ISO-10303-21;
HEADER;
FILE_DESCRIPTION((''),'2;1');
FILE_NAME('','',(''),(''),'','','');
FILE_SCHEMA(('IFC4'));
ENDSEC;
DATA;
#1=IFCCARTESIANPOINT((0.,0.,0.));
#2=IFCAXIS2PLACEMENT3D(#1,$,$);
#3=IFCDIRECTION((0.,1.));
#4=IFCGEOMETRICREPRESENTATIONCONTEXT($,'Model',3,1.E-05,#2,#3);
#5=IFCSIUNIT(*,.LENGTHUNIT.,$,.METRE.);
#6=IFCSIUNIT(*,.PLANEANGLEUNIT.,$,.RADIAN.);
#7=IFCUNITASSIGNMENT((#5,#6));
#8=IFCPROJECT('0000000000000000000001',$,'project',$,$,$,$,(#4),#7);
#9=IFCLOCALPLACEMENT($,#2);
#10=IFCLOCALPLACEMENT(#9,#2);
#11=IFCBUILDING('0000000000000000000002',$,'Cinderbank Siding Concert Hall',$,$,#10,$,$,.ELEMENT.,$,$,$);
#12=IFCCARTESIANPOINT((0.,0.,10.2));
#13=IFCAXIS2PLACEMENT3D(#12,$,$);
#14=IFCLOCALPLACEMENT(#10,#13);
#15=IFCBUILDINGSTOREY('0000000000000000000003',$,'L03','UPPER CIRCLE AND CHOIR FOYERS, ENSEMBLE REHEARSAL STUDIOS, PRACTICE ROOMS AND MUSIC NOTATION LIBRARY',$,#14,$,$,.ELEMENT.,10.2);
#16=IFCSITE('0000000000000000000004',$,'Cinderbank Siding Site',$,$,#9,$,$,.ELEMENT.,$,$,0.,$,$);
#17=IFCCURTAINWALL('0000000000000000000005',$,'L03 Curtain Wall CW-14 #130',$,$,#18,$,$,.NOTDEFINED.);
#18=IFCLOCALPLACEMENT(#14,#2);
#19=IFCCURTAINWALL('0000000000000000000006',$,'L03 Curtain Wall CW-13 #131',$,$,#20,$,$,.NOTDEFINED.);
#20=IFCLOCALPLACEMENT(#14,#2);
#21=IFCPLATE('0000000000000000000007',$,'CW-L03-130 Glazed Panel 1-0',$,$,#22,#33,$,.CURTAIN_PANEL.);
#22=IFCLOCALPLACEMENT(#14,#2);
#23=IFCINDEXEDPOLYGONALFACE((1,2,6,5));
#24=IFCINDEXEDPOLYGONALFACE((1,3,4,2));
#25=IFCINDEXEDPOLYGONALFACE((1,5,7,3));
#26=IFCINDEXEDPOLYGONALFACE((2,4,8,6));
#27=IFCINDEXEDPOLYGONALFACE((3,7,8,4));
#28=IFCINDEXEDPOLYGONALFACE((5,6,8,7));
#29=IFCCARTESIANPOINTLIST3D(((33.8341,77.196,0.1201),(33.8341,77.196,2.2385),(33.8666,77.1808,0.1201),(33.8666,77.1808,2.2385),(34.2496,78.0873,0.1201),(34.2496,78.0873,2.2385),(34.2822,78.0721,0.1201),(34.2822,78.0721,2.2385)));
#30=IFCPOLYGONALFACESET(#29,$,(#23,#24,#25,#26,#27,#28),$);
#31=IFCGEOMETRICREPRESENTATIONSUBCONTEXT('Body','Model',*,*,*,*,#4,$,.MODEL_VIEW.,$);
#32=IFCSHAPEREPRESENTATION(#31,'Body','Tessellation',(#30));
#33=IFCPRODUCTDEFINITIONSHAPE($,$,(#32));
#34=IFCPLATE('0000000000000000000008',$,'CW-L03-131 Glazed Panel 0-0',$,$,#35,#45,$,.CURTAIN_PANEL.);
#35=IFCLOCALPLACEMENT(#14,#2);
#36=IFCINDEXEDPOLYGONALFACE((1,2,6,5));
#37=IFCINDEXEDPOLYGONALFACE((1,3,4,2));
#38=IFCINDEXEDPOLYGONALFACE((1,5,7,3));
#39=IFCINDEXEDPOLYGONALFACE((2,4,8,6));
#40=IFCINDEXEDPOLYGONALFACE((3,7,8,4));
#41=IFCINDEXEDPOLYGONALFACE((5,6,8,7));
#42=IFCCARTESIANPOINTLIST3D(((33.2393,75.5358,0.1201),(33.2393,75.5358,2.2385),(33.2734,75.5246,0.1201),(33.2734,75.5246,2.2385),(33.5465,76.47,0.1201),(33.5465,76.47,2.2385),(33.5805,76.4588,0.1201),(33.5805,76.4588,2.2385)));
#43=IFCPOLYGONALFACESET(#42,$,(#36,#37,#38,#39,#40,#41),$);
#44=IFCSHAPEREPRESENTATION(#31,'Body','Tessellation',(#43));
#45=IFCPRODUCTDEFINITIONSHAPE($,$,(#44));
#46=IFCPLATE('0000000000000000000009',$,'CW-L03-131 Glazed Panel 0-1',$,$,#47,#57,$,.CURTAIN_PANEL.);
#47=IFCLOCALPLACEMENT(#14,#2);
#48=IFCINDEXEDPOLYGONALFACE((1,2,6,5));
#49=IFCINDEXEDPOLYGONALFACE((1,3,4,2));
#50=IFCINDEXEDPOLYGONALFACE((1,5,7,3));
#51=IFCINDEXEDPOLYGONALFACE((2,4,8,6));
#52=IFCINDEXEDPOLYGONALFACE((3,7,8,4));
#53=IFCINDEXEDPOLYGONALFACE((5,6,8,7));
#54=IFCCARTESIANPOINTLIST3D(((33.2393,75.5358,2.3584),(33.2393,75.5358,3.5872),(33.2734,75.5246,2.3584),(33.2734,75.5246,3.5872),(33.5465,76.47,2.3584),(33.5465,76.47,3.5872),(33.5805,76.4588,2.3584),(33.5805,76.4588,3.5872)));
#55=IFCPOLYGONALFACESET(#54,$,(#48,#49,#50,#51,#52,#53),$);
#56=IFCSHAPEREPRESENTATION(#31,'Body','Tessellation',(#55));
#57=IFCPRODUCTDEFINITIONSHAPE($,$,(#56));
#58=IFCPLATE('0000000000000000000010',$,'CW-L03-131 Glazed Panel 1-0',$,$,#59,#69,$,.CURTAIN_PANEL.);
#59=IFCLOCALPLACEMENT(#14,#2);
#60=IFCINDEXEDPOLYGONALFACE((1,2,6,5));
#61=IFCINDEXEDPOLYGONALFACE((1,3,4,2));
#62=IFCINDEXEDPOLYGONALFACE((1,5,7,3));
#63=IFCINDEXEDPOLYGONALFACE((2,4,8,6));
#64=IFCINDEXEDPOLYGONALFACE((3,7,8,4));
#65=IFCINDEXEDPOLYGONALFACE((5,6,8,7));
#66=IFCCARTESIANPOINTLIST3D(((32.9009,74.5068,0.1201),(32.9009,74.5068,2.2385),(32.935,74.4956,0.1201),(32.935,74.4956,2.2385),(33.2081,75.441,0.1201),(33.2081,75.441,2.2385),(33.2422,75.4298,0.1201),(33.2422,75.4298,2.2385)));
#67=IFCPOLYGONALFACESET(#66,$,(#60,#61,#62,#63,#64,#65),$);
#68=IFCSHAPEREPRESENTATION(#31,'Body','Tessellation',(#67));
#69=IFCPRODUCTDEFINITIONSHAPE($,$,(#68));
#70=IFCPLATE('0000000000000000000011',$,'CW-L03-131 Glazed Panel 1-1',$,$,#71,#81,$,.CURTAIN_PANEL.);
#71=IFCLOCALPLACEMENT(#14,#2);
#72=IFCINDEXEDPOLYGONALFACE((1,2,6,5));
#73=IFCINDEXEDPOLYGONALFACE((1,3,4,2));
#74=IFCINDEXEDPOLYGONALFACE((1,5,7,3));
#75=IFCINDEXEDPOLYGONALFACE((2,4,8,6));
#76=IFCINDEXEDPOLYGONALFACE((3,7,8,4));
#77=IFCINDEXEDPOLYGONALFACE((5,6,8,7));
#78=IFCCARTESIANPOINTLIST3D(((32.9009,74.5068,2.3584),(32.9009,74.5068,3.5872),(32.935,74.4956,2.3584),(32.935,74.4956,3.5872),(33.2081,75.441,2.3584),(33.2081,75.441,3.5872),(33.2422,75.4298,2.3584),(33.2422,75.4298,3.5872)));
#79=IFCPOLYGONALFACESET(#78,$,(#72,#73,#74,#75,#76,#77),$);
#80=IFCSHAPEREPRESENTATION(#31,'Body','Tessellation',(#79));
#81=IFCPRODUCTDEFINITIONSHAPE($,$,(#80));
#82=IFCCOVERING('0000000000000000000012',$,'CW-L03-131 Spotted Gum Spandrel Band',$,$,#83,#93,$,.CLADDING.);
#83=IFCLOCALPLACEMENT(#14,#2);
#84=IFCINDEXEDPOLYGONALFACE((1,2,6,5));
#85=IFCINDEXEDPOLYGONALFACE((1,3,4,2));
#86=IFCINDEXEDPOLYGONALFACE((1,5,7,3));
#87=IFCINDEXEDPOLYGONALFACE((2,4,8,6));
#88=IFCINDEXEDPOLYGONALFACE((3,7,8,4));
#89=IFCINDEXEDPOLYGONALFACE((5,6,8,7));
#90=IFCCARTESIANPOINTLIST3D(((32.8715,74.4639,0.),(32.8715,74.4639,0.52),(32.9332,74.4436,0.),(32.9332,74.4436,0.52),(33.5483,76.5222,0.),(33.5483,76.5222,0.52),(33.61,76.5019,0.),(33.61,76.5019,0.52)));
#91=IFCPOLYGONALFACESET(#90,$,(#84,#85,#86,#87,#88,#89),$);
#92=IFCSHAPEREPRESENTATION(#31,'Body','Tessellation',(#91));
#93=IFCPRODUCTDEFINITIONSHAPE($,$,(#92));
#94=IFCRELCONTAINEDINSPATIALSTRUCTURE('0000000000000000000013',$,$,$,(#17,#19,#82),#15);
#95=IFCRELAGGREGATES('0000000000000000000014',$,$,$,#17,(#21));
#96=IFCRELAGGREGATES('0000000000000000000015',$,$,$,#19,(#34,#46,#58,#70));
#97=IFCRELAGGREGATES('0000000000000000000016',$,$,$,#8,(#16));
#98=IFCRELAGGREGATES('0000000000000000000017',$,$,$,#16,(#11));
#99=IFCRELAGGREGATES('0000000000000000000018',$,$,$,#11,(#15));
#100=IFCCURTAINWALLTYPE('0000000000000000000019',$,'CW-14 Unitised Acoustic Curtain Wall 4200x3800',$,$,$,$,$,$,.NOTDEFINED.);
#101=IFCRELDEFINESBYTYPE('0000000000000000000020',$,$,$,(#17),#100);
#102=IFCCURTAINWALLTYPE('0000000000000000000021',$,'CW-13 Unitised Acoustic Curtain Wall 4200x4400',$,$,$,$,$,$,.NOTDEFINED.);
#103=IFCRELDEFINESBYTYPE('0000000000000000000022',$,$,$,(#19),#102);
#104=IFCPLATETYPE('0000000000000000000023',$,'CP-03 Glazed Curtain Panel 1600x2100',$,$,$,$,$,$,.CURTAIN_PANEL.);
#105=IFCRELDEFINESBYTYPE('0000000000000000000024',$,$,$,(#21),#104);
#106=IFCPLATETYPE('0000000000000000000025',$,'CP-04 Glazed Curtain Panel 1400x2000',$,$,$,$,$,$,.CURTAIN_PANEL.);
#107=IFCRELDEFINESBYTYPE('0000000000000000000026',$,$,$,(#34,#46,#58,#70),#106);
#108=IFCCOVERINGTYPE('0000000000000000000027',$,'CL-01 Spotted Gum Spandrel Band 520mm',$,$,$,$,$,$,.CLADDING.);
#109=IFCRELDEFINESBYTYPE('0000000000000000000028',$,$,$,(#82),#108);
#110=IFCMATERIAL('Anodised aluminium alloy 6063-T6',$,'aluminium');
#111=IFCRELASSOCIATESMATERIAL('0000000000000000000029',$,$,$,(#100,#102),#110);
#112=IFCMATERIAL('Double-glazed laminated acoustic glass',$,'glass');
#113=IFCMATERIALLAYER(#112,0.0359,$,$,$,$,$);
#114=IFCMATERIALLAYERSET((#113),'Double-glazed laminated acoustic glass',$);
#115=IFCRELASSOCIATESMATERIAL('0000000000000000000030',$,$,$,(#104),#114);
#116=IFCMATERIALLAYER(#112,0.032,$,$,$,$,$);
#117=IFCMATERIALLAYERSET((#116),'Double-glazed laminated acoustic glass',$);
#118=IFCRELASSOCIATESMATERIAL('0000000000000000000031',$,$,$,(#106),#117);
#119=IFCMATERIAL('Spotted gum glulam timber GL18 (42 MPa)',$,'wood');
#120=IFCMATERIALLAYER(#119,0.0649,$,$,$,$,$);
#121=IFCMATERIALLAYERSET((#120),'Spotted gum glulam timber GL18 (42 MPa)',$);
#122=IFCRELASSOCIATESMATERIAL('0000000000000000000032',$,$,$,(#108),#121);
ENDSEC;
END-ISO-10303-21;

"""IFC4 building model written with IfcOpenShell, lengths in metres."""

from ifc_helpers import new_model, si_unit, direction, frame, origin, origin_2d, place, context, subcontext, project, spatial, rectangle, extrude, material, layer, layer_set, type_object, element, aggregate, save


model = new_model("IFC4")

# Units and contexts
model_context = context("Model", 3, precision=1e-05, world=origin(), true_north=direction((0.0, 1.0)))
body_context = subcontext(model_context, "Body", "Model", "MODEL_VIEW")
ifc_project = project(units=[si_unit("LENGTHUNIT", "METRE"), si_unit("PLANEANGLEUNIT", "RADIAN")], contexts=[model_context])

# Site, building, storey
site_placement = place(None, origin())
site = spatial("IfcSite", under=ifc_project, at=site_placement, Name="Cinderbank Siding Site", CompositionType="ELEMENT", RefElevation=0.0)
building_placement = place(site_placement, origin())
building = spatial("IfcBuilding", under=site, at=building_placement, Name="Cinderbank Siding Concert Hall", CompositionType="ELEMENT")
storey_placement = place(building_placement, frame((0.0, 0.0, 10.2)))
storey = spatial("IfcBuildingStorey", under=building, at=storey_placement, Name="L03", Description="UPPER CIRCLE AND CHOIR FOYERS, ENSEMBLE REHEARSAL STUDIOS, PRACTICE ROOMS AND MUSIC NOTATION LIBRARY", CompositionType="ELEMENT", Elevation=10.2)

# Curtain wall
ifc_material_1 = material(Name="Anodised aluminium alloy 6063-T6", Category="aluminium")
curtain_wall_type_1 = type_object("IfcCurtainWallType", Name="CW-14 Unitised Acoustic Curtain Wall 4200x3800", PredefinedType="NOTDEFINED", material=ifc_material_1)
curtain_wall_1_placement = place(storey_placement, origin())
curtain_wall_1 = element("IfcCurtainWall", 1, at=curtain_wall_1_placement, inside=storey, type_object=curtain_wall_type_1, Name="L03 Curtain Wall CW-14 #130", PredefinedType="NOTDEFINED")

# Curtain wall
curtain_wall_type_2 = type_object("IfcCurtainWallType", Name="CW-13 Unitised Acoustic Curtain Wall 4200x4400", PredefinedType="NOTDEFINED", material=ifc_material_1)
curtain_wall_2_placement = place(storey_placement, origin())
curtain_wall_2 = element("IfcCurtainWall", 2, at=curtain_wall_2_placement, inside=storey, type_object=curtain_wall_type_2, Name="L03 Curtain Wall CW-13 #131", PredefinedType="NOTDEFINED")

# Shared definitions
ifc_material_2 = material(Name="Spotted gum glulam timber GL18 (42 MPa)", Category="wood")

# Plates
ifc_material_3 = material(Name="Double-glazed laminated acoustic glass", Category="glass")
ifc_layer_1 = layer(ifc_material_3, 0.0359)
ifc_layer_set_1 = layer_set([ifc_layer_1], Name="Double-glazed laminated acoustic glass")
plate_type_1 = type_object("IfcPlateType", Name="CP-03 Glazed Curtain Panel 1600x2100", PredefinedType="CURTAIN_PANEL", material=ifc_layer_set_1)
plate_1_placement = place(storey_placement, frame((34.0581, 77.634, 0.1201), z_axis=(0.0, 0.0, 1.0), x_axis=(-0.422597, -0.906318, 0.0)))
plate_1 = element("IfcPlate", 3, at=plate_1_placement, type_object=plate_type_1, Name="CW-L03-130 Glazed Panel 1-0", PredefinedType="CURTAIN_PANEL", context=body_context, shape_type="SweptSolid", body=[
    extrude(rectangle(XDim=0.9834, YDim=0.0359, at=origin_2d()), origin(), (0.0, 0.0, 1.0), 2.1184),
])
aggregate(curtain_wall_1, [plate_1])
ifc_layer_2 = layer(ifc_material_3, 0.032)
ifc_layer_set_2 = layer_set([ifc_layer_2], Name="Double-glazed laminated acoustic glass")
plate_type_2 = type_object("IfcPlateType", Name="CP-04 Glazed Curtain Panel 1400x2000", PredefinedType="CURTAIN_PANEL", material=ifc_layer_set_2)
plate_2_placement = place(storey_placement, frame((33.4099, 75.9973, 0.1201), z_axis=(0.0, 0.0, 1.0), x_axis=(-0.312358, -0.949965, 0.0)))
plate_2 = element("IfcPlate", 4, at=plate_2_placement, type_object=plate_type_2, Name="CW-L03-131 Glazed Panel 0-0", PredefinedType="CURTAIN_PANEL", context=body_context, shape_type="SweptSolid", body=[
    extrude(rectangle(XDim=0.9834, YDim=0.0359, at=origin_2d()), origin(), (0.0, 0.0, 1.0), 2.1184),
])
plate_3_placement = place(storey_placement, frame((33.4099, 75.9973, 2.3584), z_axis=(0.0, 0.0, 1.0), x_axis=(-0.312358, -0.949965, 0.0)))
plate_3 = element("IfcPlate", 5, at=plate_3_placement, type_object=plate_type_2, Name="CW-L03-131 Glazed Panel 0-1", PredefinedType="CURTAIN_PANEL", context=body_context, shape_type="SweptSolid", body=[
    extrude(rectangle(XDim=0.9834, YDim=0.0359, at=origin_2d()), origin(), (0.0, 0.0, 1.0), 1.2288),
])
plate_4_placement = place(storey_placement, frame((33.0715, 74.9683, 0.1201), z_axis=(0.0, 0.0, 1.0), x_axis=(-0.312358, -0.949965, 0.0)))
plate_4 = element("IfcPlate", 6, at=plate_4_placement, type_object=plate_type_2, Name="CW-L03-131 Glazed Panel 1-0", PredefinedType="CURTAIN_PANEL", context=body_context, shape_type="SweptSolid", body=[
    extrude(rectangle(XDim=0.9834, YDim=0.0359, at=origin_2d()), origin(), (0.0, 0.0, 1.0), 2.1184),
])
plate_5_placement = place(storey_placement, frame((33.0715, 74.9683, 2.3584), z_axis=(0.0, 0.0, 1.0), x_axis=(-0.312358, -0.949965, 0.0)))
plate_5 = element("IfcPlate", 7, at=plate_5_placement, type_object=plate_type_2, Name="CW-L03-131 Glazed Panel 1-1", PredefinedType="CURTAIN_PANEL", context=body_context, shape_type="SweptSolid", body=[
    extrude(rectangle(XDim=0.9834, YDim=0.0359, at=origin_2d()), origin(), (0.0, 0.0, 1.0), 1.2288),
])
aggregate(curtain_wall_2, [plate_2, plate_3, plate_4, plate_5])

# Covering
ifc_layer_3 = layer(ifc_material_2, 0.0649)
ifc_layer_set_3 = layer_set([ifc_layer_3], Name="Spotted gum glulam timber GL18 (42 MPa)")
covering_type = type_object("IfcCoveringType", Name="CL-01 Spotted Gum Spandrel Band 520mm", PredefinedType="CLADDING", material=ifc_layer_set_3)
covering_placement = place(storey_placement, frame((33.2407, 75.4829, 0.0), z_axis=(0.0, 0.0, 1.0), x_axis=(-0.312358, -0.949965, 0.0)))
element("IfcCovering", 8, at=covering_placement, inside=storey, type_object=covering_type, Name="CW-L03-131 Spotted Gum Spandrel Band", PredefinedType="CLADDING", context=body_context, shape_type="SweptSolid", body=[
    extrude(rectangle(XDim=2.1667, YDim=0.0649, at=origin_2d()), origin(), (0.0, 0.0, 1.0), 0.52),
])

save(model, "model.ifc")
